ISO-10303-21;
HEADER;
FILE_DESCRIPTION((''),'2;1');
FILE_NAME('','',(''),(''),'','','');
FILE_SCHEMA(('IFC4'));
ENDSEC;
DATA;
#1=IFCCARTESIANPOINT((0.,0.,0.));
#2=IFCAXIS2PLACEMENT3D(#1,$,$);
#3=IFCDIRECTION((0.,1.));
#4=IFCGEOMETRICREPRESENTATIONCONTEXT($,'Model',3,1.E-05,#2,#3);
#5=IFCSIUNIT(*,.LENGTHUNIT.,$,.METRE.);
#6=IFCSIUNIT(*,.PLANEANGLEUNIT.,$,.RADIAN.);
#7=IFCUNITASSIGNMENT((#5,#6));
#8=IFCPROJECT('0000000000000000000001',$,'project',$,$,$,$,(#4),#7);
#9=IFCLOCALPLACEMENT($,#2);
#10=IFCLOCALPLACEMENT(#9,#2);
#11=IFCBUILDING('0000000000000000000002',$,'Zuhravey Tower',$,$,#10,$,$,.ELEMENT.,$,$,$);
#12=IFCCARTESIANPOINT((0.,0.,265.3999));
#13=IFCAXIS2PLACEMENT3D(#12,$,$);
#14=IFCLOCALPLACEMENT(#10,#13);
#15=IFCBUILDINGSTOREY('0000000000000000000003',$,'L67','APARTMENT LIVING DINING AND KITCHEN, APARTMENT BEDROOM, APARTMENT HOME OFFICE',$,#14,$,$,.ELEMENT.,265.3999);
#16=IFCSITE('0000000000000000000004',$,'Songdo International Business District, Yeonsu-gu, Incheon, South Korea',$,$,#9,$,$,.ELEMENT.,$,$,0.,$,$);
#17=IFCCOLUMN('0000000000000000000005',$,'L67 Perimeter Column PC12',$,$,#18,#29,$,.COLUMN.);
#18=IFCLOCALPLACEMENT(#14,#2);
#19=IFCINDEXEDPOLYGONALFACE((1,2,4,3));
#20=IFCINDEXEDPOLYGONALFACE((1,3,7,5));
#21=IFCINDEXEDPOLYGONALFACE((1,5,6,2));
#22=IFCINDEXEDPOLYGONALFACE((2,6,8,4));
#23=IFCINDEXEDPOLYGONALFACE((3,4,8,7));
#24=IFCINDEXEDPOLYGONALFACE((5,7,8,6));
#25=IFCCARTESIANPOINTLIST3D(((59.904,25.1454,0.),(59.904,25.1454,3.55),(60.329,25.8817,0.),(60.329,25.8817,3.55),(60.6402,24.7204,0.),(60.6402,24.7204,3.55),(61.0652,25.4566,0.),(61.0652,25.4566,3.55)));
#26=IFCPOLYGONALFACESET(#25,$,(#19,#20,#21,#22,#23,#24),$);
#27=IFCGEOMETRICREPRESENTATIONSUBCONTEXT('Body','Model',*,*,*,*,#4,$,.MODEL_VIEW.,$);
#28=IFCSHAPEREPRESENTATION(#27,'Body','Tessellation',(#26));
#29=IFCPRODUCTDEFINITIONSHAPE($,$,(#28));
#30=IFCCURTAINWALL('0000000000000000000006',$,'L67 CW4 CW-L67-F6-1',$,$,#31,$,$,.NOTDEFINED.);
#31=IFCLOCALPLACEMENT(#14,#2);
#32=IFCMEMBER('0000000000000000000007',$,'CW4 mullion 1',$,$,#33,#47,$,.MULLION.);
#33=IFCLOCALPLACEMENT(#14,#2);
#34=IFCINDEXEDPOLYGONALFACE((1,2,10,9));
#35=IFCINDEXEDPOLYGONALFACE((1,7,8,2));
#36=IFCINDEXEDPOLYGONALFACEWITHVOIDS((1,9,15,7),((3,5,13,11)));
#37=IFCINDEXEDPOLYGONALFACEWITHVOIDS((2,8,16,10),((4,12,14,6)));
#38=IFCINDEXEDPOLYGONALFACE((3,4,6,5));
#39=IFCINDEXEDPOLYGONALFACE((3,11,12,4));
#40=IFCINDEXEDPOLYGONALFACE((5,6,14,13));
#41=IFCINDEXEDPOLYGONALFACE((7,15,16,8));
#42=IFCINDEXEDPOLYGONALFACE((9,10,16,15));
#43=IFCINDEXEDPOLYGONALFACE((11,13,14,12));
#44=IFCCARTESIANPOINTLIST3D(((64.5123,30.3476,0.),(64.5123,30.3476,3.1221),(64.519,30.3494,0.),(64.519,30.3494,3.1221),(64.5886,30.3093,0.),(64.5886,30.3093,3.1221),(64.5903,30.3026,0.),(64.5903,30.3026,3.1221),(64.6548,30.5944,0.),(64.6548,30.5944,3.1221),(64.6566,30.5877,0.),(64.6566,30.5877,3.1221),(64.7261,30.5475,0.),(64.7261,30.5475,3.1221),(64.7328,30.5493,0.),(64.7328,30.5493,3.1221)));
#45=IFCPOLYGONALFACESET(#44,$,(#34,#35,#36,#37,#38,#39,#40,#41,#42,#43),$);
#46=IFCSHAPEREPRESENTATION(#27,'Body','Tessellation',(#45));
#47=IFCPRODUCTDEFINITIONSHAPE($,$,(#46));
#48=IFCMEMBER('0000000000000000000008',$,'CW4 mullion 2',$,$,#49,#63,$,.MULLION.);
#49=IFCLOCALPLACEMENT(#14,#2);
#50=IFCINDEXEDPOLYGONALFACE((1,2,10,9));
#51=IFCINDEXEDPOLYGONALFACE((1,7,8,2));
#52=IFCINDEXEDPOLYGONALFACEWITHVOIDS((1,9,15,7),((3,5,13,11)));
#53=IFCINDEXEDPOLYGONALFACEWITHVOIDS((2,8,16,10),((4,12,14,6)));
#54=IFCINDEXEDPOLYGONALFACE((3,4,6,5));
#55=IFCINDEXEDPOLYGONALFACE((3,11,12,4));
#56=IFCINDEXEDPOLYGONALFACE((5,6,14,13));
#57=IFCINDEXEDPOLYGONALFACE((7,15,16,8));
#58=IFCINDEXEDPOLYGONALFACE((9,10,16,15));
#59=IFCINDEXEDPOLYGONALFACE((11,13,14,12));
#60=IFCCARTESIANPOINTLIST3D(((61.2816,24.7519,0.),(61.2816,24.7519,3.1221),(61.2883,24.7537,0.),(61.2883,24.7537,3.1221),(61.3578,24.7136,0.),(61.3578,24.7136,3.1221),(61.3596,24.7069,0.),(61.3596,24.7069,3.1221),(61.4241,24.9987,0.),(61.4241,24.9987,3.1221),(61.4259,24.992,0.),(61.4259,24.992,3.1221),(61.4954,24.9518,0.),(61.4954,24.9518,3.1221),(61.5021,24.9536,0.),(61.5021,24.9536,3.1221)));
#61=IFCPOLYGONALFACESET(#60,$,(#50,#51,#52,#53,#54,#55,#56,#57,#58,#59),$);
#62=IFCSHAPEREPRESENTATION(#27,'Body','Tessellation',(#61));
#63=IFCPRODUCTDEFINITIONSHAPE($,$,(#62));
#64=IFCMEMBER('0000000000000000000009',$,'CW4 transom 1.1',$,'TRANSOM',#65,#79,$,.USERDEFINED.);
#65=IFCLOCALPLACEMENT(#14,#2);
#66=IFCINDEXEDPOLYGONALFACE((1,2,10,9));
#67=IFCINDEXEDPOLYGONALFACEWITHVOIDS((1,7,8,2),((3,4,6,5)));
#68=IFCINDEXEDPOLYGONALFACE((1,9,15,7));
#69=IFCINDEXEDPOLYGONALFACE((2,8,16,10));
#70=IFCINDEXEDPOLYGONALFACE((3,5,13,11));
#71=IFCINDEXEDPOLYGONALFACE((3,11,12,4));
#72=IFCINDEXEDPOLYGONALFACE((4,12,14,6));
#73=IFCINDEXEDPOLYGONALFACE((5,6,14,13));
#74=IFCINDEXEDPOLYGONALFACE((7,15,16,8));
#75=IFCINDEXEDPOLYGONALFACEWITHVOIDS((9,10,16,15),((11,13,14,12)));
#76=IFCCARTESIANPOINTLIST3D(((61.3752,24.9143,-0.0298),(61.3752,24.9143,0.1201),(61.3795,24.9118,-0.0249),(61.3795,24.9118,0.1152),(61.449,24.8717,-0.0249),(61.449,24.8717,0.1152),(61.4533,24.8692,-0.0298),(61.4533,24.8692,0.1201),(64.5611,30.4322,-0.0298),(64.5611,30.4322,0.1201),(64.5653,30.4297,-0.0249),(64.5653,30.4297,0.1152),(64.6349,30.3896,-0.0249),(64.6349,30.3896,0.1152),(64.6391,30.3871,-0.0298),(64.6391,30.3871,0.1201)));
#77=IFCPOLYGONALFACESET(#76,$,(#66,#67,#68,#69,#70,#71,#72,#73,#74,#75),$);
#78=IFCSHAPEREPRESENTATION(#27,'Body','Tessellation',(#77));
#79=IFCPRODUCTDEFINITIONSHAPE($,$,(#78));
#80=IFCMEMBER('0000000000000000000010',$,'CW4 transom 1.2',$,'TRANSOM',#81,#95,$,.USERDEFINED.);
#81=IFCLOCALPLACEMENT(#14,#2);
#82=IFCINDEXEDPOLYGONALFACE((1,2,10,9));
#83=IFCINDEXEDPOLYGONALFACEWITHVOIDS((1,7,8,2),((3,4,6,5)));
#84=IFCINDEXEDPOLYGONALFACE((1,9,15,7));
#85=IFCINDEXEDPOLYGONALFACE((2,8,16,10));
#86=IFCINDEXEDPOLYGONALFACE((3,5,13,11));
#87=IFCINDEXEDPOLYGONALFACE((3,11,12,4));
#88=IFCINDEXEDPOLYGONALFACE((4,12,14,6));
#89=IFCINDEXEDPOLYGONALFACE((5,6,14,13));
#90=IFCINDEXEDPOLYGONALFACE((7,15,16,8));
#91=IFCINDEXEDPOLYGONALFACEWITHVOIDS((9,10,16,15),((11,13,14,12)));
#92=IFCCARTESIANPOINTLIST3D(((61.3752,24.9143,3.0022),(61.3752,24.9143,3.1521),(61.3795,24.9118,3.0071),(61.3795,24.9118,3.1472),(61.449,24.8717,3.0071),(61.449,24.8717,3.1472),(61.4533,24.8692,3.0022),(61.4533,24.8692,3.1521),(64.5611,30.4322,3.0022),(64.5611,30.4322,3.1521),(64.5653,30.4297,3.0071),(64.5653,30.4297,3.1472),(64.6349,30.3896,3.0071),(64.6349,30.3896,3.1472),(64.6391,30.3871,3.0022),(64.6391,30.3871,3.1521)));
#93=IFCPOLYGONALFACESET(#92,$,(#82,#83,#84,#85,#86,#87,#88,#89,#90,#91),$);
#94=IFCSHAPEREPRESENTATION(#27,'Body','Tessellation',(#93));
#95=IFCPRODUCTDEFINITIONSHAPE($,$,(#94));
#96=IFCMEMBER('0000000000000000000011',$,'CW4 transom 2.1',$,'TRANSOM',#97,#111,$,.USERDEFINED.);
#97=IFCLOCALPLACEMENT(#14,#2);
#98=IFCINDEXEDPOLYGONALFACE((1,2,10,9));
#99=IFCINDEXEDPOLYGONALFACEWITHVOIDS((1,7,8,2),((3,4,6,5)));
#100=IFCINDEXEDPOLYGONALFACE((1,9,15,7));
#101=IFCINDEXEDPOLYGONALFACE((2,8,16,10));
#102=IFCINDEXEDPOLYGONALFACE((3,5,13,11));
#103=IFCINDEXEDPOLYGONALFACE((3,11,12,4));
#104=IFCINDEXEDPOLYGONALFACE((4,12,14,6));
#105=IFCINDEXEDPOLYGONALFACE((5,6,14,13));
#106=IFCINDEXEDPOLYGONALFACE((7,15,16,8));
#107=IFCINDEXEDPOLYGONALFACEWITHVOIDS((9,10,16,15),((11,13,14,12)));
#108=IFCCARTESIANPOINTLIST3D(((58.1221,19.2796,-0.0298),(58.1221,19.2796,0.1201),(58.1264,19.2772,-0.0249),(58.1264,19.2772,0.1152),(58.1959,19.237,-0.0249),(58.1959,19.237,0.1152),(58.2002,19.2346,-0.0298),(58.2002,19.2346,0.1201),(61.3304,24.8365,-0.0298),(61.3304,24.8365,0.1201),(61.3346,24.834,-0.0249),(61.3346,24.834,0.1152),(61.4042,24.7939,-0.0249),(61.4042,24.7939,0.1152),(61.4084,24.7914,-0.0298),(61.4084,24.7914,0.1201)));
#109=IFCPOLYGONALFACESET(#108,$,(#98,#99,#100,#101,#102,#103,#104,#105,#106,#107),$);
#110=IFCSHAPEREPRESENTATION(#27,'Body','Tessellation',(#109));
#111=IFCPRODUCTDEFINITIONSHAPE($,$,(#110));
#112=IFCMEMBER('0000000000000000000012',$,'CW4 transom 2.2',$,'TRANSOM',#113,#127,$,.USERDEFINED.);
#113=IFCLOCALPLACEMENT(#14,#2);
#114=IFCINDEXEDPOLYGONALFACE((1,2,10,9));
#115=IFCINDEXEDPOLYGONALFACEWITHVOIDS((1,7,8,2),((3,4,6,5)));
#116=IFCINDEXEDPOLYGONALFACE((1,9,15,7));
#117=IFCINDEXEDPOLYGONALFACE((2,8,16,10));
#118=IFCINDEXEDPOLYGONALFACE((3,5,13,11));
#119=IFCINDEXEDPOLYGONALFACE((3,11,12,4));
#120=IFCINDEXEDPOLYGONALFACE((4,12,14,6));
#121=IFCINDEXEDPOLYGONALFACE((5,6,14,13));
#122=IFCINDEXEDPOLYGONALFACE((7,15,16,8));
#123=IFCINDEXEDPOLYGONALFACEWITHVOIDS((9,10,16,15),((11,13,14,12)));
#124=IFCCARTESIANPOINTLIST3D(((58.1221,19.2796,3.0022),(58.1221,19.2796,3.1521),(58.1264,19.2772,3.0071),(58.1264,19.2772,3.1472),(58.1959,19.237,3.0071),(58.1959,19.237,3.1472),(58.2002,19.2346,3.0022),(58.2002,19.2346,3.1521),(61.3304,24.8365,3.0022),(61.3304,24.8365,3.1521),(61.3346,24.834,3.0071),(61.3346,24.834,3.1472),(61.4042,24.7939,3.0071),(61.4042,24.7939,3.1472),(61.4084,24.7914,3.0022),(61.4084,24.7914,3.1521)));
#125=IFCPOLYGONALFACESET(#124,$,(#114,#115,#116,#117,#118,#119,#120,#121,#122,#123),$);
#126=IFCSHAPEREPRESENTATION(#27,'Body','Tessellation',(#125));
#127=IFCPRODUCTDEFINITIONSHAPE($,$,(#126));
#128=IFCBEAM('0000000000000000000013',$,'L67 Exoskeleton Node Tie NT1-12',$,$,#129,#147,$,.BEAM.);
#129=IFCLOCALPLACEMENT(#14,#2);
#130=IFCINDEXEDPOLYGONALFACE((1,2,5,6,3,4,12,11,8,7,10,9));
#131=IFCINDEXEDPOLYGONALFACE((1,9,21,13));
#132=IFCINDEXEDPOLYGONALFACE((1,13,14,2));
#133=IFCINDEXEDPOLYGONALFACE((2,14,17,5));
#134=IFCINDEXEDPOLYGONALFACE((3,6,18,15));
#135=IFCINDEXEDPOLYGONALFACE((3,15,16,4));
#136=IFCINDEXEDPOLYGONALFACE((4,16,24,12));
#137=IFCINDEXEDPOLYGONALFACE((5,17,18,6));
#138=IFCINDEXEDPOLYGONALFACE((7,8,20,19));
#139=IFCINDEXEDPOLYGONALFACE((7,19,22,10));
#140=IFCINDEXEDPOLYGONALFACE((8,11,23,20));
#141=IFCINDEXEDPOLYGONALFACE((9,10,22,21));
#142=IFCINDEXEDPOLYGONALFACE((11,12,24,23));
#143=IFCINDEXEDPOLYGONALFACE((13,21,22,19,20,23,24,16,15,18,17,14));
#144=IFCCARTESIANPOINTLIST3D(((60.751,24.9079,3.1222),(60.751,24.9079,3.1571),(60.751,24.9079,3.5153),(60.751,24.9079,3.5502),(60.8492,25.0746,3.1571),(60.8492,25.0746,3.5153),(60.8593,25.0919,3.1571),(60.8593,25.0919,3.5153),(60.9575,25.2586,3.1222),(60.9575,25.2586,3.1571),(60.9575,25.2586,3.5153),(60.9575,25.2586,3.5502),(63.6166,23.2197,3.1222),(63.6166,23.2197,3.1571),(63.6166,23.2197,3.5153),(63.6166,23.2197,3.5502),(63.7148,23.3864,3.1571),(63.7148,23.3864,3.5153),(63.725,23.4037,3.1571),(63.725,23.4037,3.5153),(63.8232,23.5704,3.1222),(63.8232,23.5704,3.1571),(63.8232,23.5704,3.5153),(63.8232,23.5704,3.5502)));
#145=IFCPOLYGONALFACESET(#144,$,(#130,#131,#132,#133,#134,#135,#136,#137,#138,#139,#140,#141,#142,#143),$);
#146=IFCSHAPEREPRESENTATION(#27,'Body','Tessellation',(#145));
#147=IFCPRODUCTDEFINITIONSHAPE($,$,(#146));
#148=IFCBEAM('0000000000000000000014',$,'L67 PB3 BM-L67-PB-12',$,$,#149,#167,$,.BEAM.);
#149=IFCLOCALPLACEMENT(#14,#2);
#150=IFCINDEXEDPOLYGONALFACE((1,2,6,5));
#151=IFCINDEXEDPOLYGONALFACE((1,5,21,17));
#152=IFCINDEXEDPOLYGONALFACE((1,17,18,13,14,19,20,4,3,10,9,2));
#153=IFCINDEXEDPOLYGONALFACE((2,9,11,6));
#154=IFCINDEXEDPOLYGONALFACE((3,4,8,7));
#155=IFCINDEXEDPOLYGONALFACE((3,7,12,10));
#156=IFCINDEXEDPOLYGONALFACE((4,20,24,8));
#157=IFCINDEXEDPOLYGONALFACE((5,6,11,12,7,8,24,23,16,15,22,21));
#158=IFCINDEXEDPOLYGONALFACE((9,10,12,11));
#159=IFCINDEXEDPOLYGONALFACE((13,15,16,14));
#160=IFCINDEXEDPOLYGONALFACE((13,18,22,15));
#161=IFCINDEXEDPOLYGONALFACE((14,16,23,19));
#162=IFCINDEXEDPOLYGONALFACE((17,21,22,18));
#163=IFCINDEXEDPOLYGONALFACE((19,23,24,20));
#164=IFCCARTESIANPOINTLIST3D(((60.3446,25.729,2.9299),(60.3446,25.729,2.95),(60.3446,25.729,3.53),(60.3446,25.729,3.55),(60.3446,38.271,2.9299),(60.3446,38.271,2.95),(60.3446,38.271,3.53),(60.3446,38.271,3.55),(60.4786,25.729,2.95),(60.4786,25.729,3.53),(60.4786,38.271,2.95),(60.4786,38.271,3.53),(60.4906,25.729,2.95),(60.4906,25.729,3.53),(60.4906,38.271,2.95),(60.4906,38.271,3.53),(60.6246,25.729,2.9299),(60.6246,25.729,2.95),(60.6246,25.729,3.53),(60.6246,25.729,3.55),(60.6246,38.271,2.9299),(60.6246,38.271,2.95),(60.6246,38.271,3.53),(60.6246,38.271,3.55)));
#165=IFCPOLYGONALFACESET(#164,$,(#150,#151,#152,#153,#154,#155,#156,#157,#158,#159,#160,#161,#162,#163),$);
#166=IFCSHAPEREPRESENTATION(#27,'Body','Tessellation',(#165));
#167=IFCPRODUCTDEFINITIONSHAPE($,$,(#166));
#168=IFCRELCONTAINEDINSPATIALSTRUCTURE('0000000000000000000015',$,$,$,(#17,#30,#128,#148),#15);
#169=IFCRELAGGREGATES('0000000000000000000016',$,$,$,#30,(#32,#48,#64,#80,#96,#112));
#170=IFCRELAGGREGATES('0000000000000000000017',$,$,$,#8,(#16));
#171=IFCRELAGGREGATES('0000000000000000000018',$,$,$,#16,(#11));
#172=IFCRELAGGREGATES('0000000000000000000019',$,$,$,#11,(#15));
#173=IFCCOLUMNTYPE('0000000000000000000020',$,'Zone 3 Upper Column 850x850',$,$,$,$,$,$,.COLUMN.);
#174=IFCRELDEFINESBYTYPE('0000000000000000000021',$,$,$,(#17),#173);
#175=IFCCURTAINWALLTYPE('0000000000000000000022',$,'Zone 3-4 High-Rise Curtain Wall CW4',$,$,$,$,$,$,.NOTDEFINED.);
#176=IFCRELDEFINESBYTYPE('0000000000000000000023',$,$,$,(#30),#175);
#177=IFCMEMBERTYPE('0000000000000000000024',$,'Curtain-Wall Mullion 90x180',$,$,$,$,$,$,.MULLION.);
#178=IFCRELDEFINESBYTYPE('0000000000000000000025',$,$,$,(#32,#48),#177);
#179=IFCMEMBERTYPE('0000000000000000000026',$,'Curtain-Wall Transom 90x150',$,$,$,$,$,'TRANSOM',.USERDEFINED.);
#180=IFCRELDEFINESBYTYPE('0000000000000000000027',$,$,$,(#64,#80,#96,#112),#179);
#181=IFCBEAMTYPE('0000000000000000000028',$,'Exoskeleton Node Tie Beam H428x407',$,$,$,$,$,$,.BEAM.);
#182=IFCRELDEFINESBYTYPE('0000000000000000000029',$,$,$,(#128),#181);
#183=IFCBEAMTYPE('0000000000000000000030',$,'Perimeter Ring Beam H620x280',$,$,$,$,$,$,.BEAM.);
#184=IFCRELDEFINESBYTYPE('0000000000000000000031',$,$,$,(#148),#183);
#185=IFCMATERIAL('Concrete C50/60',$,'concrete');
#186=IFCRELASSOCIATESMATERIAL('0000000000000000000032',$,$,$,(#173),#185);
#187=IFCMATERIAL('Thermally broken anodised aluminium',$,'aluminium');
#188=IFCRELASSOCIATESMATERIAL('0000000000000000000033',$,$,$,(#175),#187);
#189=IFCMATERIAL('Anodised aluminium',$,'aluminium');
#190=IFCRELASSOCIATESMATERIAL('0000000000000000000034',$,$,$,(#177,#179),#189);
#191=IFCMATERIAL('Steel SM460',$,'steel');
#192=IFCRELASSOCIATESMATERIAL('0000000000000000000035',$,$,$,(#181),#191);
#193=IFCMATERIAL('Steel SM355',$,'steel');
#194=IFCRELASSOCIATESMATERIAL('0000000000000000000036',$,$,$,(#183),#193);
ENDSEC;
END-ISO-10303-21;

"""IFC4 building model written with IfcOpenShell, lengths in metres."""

from ifc_helpers import new_model, si_unit, direction, frame, origin, origin_2d, place, context, subcontext, project, spatial, rectangle, hollow_rectangle, i_section, extrude, material, material_profile, profile_set, type_object, element, aggregate, save


model = new_model("IFC4")

# Units and contexts
model_context = context("Model", 3, precision=1e-05, world=origin(), true_north=direction((0.0, 1.0)))
body_context = subcontext(model_context, "Body", "Model", "MODEL_VIEW")
ifc_project = project(units=[si_unit("LENGTHUNIT", "METRE"), si_unit("PLANEANGLEUNIT", "RADIAN")], contexts=[model_context])

# Site, building, storey
site_placement = place(None, origin())
site = spatial("IfcSite", under=ifc_project, at=site_placement, Name="Songdo International Business District, Yeonsu-gu, Incheon, South Korea", CompositionType="ELEMENT", RefElevation=0.0)
building_placement = place(site_placement, origin())
building = spatial("IfcBuilding", under=site, at=building_placement, Name="Zuhravey Tower", CompositionType="ELEMENT")
storey_placement = place(building_placement, frame((0.0, 0.0, 265.3999)))
storey = spatial("IfcBuildingStorey", under=building, at=storey_placement, Name="L67", Description="APARTMENT LIVING DINING AND KITCHEN, APARTMENT BEDROOM, APARTMENT HOME OFFICE", CompositionType="ELEMENT", Elevation=265.3999)

# Column
ifc_material_1 = material(Name="Concrete C50/60", Category="concrete")
ifc_material_profile_1 = material_profile(ifc_material_1, rectangle(XDim=0.8501, YDim=0.8501, at=origin_2d()), Name="RC-850x850")
ifc_profile_set_1 = profile_set([ifc_material_profile_1], Name="Concrete C50/60")
column_type = type_object("IfcColumnType", Name="Zone 3 Upper Column 850x850", PredefinedType="COLUMN", material=ifc_profile_set_1)
column_placement = place(storey_placement, frame((60.4846, 25.301, 0.0), z_axis=(0.0, 0.0, 1.0), x_axis=(0.5, 0.866025, 0.0)))
element("IfcColumn", 1, at=column_placement, inside=storey, type_object=column_type, Name="L67 Perimeter Column PC12", PredefinedType="COLUMN", context=body_context, shape_type="SweptSolid", body=[
    extrude(rectangle(XDim=0.8501, YDim=0.8501, at=origin_2d()), origin(), (0.0, 0.0, 1.0), 3.55),
])

# Curtain wall, members
ifc_material_2 = material(Name="Thermally broken anodised aluminium", Category="aluminium")
curtain_wall_type = type_object("IfcCurtainWallType", Name="Zone 3-4 High-Rise Curtain Wall CW4", PredefinedType="NOTDEFINED", material=ifc_material_2)
curtain_wall_placement = place(storey_placement, origin())
curtain_wall = element("IfcCurtainWall", 2, at=curtain_wall_placement, inside=storey, type_object=curtain_wall_type, Name="L67 CW4 CW-L67-F6-1", PredefinedType="NOTDEFINED")
ifc_material_3 = material(Name="Anodised aluminium", Category="aluminium")
ifc_material_profile_2 = material_profile(ifc_material_3, hollow_rectangle(XDim=0.0901, YDim=0.2849, WallThickness=0.0049, at=origin_2d()), Name="ALU-RHS-90x285x5")
ifc_profile_set_2 = profile_set([ifc_material_profile_2], Name="Anodised aluminium")
member_type_1 = type_object("IfcMemberType", Name="Curtain-Wall Mullion 90x180", PredefinedType="MULLION", material=ifc_profile_set_2)
member_1_placement = place(storey_placement, frame((64.6226, 30.4485, 0.0), z_axis=(0.0, 0.0, 1.0), x_axis=(0.866025, -0.500001, 0.0)))
member_1 = element("IfcMember", 3, at=member_1_placement, type_object=member_type_1, Name="CW4 mullion 1", PredefinedType="MULLION", context=body_context, shape_type="SweptSolid", body=[
    extrude(hollow_rectangle(XDim=0.0901, YDim=0.2849, WallThickness=0.0049, at=origin_2d()), origin(), (0.0, 0.0, 1.0), 3.1221),
])
member_2_placement = place(storey_placement, frame((61.3918, 24.8528, 0.0), z_axis=(0.0, 0.0, 1.0), x_axis=(0.866025, -0.500001, 0.0)))
member_2 = element("IfcMember", 4, at=member_2_placement, type_object=member_type_1, Name="CW4 mullion 2", PredefinedType="MULLION", context=body_context, shape_type="SweptSolid", body=[
    extrude(hollow_rectangle(XDim=0.0901, YDim=0.2849, WallThickness=0.0049, at=origin_2d()), origin(), (0.0, 0.0, 1.0), 3.1221),
])
ifc_material_profile_3 = material_profile(ifc_material_3, hollow_rectangle(XDim=0.0901, YDim=0.1499, WallThickness=0.0049, at=origin_2d()), Name="ALU-RHS-90x150x5")
ifc_profile_set_3 = profile_set([ifc_material_profile_3], Name="Anodised aluminium")
member_type_2 = type_object("IfcMemberType", Name="Curtain-Wall Transom 90x150", ElementType="TRANSOM", PredefinedType="USERDEFINED", material=ifc_profile_set_3)
member_3_placement = place(storey_placement, frame((64.6001, 30.4097, 0.0452), z_axis=(-0.500009, -0.86602, 0.0), x_axis=(0.86602, -0.500009, 0.0)))
member_3 = element("IfcMember", 5, at=member_3_placement, type_object=member_type_2, Name="CW4 transom 1.1", ObjectType="TRANSOM", PredefinedType="USERDEFINED", context=body_context, shape_type="SweptSolid", body=[
    extrude(hollow_rectangle(XDim=0.0901, YDim=0.1499, WallThickness=0.0049, at=origin_2d()), origin(), (0.0, 0.0, 1.0), 6.3716),
])
member_4_placement = place(storey_placement, frame((64.6001, 30.4097, 3.0771), z_axis=(-0.500009, -0.86602, 0.0), x_axis=(0.86602, -0.500009, 0.0)))
member_4 = element("IfcMember", 6, at=member_4_placement, type_object=member_type_2, Name="CW4 transom 1.2", ObjectType="TRANSOM", PredefinedType="USERDEFINED", context=body_context, shape_type="SweptSolid", body=[
    extrude(hollow_rectangle(XDim=0.0901, YDim=0.1499, WallThickness=0.0049, at=origin_2d()), origin(), (0.0, 0.0, 1.0), 6.3716),
])
member_5_placement = place(storey_placement, frame((61.3694, 24.814, 0.0452), z_axis=(-0.499998, -0.866027, 0.0), x_axis=(0.866027, -0.499998, 0.0)))
member_5 = element("IfcMember", 7, at=member_5_placement, type_object=member_type_2, Name="CW4 transom 2.1", ObjectType="TRANSOM", PredefinedType="USERDEFINED", context=body_context, shape_type="SweptSolid", body=[
    extrude(hollow_rectangle(XDim=0.0901, YDim=0.1499, WallThickness=0.0049, at=origin_2d()), origin(), (0.0, 0.0, 1.0), 6.4165),
])
member_6_placement = place(storey_placement, frame((61.3694, 24.814, 3.0771), z_axis=(-0.499998, -0.866027, 0.0), x_axis=(0.866027, -0.499998, 0.0)))
member_6 = element("IfcMember", 8, at=member_6_placement, type_object=member_type_2, Name="CW4 transom 2.2", ObjectType="TRANSOM", PredefinedType="USERDEFINED", context=body_context, shape_type="SweptSolid", body=[
    extrude(hollow_rectangle(XDim=0.0901, YDim=0.1499, WallThickness=0.0049, at=origin_2d()), origin(), (0.0, 0.0, 1.0), 6.4165),
])

# Beams
ifc_material_4 = material(Name="Steel SM460", Category="steel")
ifc_material_profile_4 = material_profile(ifc_material_4, i_section(OverallWidth=0.407, OverallDepth=0.428, WebThickness=0.02, FlangeThickness=0.0349, at=origin_2d()), Name="H-428x407x20x35")
ifc_profile_set_4 = profile_set([ifc_material_profile_4], Name="Steel SM460")
beam_type_1 = type_object("IfcBeamType", Name="Exoskeleton Node Tie Beam H428x407", PredefinedType="BEAM", material=ifc_profile_set_4)
beam_1_placement = place(storey_placement, frame((60.8542, 25.0833, 3.3362), z_axis=(0.861604, -0.507581, 0.0), x_axis=(0.507581, 0.861604, 0.0)))
element("IfcBeam", 9, at=beam_1_placement, inside=storey, type_object=beam_type_1, Name="L67 Exoskeleton Node Tie NT1-12", PredefinedType="BEAM", context=body_context, shape_type="SweptSolid", body=[
    extrude(i_section(OverallWidth=0.407, OverallDepth=0.428, WebThickness=0.02, FlangeThickness=0.0349, at=origin_2d()), origin(), (0.0, 0.0, 1.0), 3.3259),
])
ifc_material_5 = material(Name="Steel SM355", Category="steel")
ifc_material_profile_5 = material_profile(ifc_material_5, i_section(OverallWidth=0.28, OverallDepth=0.6201, WebThickness=0.012, FlangeThickness=0.02, at=origin_2d()), Name="H-620x280x12x20")
ifc_profile_set_5 = profile_set([ifc_material_profile_5], Name="Steel SM355")
beam_type_2 = type_object("IfcBeamType", Name="Perimeter Ring Beam H620x280", PredefinedType="BEAM", material=ifc_profile_set_5)
beam_2_placement = place(storey_placement, frame((60.4846, 25.729, 3.24), z_axis=(0.0, 1.0, 0.0), x_axis=(-1.0, 0.0, 0.0)))
element("IfcBeam", 10, at=beam_2_placement, inside=storey, type_object=beam_type_2, Name="L67 PB3 BM-L67-PB-12", PredefinedType="BEAM", context=body_context, shape_type="SweptSolid", body=[
    extrude(i_section(OverallWidth=0.28, OverallDepth=0.6201, WebThickness=0.012, FlangeThickness=0.02, at=origin_2d()), origin(), (0.0, 0.0, 1.0), 12.542),
])

aggregate(curtain_wall, [member_1, member_2, member_3, member_4, member_5, member_6])

save(model, "model.ifc")
